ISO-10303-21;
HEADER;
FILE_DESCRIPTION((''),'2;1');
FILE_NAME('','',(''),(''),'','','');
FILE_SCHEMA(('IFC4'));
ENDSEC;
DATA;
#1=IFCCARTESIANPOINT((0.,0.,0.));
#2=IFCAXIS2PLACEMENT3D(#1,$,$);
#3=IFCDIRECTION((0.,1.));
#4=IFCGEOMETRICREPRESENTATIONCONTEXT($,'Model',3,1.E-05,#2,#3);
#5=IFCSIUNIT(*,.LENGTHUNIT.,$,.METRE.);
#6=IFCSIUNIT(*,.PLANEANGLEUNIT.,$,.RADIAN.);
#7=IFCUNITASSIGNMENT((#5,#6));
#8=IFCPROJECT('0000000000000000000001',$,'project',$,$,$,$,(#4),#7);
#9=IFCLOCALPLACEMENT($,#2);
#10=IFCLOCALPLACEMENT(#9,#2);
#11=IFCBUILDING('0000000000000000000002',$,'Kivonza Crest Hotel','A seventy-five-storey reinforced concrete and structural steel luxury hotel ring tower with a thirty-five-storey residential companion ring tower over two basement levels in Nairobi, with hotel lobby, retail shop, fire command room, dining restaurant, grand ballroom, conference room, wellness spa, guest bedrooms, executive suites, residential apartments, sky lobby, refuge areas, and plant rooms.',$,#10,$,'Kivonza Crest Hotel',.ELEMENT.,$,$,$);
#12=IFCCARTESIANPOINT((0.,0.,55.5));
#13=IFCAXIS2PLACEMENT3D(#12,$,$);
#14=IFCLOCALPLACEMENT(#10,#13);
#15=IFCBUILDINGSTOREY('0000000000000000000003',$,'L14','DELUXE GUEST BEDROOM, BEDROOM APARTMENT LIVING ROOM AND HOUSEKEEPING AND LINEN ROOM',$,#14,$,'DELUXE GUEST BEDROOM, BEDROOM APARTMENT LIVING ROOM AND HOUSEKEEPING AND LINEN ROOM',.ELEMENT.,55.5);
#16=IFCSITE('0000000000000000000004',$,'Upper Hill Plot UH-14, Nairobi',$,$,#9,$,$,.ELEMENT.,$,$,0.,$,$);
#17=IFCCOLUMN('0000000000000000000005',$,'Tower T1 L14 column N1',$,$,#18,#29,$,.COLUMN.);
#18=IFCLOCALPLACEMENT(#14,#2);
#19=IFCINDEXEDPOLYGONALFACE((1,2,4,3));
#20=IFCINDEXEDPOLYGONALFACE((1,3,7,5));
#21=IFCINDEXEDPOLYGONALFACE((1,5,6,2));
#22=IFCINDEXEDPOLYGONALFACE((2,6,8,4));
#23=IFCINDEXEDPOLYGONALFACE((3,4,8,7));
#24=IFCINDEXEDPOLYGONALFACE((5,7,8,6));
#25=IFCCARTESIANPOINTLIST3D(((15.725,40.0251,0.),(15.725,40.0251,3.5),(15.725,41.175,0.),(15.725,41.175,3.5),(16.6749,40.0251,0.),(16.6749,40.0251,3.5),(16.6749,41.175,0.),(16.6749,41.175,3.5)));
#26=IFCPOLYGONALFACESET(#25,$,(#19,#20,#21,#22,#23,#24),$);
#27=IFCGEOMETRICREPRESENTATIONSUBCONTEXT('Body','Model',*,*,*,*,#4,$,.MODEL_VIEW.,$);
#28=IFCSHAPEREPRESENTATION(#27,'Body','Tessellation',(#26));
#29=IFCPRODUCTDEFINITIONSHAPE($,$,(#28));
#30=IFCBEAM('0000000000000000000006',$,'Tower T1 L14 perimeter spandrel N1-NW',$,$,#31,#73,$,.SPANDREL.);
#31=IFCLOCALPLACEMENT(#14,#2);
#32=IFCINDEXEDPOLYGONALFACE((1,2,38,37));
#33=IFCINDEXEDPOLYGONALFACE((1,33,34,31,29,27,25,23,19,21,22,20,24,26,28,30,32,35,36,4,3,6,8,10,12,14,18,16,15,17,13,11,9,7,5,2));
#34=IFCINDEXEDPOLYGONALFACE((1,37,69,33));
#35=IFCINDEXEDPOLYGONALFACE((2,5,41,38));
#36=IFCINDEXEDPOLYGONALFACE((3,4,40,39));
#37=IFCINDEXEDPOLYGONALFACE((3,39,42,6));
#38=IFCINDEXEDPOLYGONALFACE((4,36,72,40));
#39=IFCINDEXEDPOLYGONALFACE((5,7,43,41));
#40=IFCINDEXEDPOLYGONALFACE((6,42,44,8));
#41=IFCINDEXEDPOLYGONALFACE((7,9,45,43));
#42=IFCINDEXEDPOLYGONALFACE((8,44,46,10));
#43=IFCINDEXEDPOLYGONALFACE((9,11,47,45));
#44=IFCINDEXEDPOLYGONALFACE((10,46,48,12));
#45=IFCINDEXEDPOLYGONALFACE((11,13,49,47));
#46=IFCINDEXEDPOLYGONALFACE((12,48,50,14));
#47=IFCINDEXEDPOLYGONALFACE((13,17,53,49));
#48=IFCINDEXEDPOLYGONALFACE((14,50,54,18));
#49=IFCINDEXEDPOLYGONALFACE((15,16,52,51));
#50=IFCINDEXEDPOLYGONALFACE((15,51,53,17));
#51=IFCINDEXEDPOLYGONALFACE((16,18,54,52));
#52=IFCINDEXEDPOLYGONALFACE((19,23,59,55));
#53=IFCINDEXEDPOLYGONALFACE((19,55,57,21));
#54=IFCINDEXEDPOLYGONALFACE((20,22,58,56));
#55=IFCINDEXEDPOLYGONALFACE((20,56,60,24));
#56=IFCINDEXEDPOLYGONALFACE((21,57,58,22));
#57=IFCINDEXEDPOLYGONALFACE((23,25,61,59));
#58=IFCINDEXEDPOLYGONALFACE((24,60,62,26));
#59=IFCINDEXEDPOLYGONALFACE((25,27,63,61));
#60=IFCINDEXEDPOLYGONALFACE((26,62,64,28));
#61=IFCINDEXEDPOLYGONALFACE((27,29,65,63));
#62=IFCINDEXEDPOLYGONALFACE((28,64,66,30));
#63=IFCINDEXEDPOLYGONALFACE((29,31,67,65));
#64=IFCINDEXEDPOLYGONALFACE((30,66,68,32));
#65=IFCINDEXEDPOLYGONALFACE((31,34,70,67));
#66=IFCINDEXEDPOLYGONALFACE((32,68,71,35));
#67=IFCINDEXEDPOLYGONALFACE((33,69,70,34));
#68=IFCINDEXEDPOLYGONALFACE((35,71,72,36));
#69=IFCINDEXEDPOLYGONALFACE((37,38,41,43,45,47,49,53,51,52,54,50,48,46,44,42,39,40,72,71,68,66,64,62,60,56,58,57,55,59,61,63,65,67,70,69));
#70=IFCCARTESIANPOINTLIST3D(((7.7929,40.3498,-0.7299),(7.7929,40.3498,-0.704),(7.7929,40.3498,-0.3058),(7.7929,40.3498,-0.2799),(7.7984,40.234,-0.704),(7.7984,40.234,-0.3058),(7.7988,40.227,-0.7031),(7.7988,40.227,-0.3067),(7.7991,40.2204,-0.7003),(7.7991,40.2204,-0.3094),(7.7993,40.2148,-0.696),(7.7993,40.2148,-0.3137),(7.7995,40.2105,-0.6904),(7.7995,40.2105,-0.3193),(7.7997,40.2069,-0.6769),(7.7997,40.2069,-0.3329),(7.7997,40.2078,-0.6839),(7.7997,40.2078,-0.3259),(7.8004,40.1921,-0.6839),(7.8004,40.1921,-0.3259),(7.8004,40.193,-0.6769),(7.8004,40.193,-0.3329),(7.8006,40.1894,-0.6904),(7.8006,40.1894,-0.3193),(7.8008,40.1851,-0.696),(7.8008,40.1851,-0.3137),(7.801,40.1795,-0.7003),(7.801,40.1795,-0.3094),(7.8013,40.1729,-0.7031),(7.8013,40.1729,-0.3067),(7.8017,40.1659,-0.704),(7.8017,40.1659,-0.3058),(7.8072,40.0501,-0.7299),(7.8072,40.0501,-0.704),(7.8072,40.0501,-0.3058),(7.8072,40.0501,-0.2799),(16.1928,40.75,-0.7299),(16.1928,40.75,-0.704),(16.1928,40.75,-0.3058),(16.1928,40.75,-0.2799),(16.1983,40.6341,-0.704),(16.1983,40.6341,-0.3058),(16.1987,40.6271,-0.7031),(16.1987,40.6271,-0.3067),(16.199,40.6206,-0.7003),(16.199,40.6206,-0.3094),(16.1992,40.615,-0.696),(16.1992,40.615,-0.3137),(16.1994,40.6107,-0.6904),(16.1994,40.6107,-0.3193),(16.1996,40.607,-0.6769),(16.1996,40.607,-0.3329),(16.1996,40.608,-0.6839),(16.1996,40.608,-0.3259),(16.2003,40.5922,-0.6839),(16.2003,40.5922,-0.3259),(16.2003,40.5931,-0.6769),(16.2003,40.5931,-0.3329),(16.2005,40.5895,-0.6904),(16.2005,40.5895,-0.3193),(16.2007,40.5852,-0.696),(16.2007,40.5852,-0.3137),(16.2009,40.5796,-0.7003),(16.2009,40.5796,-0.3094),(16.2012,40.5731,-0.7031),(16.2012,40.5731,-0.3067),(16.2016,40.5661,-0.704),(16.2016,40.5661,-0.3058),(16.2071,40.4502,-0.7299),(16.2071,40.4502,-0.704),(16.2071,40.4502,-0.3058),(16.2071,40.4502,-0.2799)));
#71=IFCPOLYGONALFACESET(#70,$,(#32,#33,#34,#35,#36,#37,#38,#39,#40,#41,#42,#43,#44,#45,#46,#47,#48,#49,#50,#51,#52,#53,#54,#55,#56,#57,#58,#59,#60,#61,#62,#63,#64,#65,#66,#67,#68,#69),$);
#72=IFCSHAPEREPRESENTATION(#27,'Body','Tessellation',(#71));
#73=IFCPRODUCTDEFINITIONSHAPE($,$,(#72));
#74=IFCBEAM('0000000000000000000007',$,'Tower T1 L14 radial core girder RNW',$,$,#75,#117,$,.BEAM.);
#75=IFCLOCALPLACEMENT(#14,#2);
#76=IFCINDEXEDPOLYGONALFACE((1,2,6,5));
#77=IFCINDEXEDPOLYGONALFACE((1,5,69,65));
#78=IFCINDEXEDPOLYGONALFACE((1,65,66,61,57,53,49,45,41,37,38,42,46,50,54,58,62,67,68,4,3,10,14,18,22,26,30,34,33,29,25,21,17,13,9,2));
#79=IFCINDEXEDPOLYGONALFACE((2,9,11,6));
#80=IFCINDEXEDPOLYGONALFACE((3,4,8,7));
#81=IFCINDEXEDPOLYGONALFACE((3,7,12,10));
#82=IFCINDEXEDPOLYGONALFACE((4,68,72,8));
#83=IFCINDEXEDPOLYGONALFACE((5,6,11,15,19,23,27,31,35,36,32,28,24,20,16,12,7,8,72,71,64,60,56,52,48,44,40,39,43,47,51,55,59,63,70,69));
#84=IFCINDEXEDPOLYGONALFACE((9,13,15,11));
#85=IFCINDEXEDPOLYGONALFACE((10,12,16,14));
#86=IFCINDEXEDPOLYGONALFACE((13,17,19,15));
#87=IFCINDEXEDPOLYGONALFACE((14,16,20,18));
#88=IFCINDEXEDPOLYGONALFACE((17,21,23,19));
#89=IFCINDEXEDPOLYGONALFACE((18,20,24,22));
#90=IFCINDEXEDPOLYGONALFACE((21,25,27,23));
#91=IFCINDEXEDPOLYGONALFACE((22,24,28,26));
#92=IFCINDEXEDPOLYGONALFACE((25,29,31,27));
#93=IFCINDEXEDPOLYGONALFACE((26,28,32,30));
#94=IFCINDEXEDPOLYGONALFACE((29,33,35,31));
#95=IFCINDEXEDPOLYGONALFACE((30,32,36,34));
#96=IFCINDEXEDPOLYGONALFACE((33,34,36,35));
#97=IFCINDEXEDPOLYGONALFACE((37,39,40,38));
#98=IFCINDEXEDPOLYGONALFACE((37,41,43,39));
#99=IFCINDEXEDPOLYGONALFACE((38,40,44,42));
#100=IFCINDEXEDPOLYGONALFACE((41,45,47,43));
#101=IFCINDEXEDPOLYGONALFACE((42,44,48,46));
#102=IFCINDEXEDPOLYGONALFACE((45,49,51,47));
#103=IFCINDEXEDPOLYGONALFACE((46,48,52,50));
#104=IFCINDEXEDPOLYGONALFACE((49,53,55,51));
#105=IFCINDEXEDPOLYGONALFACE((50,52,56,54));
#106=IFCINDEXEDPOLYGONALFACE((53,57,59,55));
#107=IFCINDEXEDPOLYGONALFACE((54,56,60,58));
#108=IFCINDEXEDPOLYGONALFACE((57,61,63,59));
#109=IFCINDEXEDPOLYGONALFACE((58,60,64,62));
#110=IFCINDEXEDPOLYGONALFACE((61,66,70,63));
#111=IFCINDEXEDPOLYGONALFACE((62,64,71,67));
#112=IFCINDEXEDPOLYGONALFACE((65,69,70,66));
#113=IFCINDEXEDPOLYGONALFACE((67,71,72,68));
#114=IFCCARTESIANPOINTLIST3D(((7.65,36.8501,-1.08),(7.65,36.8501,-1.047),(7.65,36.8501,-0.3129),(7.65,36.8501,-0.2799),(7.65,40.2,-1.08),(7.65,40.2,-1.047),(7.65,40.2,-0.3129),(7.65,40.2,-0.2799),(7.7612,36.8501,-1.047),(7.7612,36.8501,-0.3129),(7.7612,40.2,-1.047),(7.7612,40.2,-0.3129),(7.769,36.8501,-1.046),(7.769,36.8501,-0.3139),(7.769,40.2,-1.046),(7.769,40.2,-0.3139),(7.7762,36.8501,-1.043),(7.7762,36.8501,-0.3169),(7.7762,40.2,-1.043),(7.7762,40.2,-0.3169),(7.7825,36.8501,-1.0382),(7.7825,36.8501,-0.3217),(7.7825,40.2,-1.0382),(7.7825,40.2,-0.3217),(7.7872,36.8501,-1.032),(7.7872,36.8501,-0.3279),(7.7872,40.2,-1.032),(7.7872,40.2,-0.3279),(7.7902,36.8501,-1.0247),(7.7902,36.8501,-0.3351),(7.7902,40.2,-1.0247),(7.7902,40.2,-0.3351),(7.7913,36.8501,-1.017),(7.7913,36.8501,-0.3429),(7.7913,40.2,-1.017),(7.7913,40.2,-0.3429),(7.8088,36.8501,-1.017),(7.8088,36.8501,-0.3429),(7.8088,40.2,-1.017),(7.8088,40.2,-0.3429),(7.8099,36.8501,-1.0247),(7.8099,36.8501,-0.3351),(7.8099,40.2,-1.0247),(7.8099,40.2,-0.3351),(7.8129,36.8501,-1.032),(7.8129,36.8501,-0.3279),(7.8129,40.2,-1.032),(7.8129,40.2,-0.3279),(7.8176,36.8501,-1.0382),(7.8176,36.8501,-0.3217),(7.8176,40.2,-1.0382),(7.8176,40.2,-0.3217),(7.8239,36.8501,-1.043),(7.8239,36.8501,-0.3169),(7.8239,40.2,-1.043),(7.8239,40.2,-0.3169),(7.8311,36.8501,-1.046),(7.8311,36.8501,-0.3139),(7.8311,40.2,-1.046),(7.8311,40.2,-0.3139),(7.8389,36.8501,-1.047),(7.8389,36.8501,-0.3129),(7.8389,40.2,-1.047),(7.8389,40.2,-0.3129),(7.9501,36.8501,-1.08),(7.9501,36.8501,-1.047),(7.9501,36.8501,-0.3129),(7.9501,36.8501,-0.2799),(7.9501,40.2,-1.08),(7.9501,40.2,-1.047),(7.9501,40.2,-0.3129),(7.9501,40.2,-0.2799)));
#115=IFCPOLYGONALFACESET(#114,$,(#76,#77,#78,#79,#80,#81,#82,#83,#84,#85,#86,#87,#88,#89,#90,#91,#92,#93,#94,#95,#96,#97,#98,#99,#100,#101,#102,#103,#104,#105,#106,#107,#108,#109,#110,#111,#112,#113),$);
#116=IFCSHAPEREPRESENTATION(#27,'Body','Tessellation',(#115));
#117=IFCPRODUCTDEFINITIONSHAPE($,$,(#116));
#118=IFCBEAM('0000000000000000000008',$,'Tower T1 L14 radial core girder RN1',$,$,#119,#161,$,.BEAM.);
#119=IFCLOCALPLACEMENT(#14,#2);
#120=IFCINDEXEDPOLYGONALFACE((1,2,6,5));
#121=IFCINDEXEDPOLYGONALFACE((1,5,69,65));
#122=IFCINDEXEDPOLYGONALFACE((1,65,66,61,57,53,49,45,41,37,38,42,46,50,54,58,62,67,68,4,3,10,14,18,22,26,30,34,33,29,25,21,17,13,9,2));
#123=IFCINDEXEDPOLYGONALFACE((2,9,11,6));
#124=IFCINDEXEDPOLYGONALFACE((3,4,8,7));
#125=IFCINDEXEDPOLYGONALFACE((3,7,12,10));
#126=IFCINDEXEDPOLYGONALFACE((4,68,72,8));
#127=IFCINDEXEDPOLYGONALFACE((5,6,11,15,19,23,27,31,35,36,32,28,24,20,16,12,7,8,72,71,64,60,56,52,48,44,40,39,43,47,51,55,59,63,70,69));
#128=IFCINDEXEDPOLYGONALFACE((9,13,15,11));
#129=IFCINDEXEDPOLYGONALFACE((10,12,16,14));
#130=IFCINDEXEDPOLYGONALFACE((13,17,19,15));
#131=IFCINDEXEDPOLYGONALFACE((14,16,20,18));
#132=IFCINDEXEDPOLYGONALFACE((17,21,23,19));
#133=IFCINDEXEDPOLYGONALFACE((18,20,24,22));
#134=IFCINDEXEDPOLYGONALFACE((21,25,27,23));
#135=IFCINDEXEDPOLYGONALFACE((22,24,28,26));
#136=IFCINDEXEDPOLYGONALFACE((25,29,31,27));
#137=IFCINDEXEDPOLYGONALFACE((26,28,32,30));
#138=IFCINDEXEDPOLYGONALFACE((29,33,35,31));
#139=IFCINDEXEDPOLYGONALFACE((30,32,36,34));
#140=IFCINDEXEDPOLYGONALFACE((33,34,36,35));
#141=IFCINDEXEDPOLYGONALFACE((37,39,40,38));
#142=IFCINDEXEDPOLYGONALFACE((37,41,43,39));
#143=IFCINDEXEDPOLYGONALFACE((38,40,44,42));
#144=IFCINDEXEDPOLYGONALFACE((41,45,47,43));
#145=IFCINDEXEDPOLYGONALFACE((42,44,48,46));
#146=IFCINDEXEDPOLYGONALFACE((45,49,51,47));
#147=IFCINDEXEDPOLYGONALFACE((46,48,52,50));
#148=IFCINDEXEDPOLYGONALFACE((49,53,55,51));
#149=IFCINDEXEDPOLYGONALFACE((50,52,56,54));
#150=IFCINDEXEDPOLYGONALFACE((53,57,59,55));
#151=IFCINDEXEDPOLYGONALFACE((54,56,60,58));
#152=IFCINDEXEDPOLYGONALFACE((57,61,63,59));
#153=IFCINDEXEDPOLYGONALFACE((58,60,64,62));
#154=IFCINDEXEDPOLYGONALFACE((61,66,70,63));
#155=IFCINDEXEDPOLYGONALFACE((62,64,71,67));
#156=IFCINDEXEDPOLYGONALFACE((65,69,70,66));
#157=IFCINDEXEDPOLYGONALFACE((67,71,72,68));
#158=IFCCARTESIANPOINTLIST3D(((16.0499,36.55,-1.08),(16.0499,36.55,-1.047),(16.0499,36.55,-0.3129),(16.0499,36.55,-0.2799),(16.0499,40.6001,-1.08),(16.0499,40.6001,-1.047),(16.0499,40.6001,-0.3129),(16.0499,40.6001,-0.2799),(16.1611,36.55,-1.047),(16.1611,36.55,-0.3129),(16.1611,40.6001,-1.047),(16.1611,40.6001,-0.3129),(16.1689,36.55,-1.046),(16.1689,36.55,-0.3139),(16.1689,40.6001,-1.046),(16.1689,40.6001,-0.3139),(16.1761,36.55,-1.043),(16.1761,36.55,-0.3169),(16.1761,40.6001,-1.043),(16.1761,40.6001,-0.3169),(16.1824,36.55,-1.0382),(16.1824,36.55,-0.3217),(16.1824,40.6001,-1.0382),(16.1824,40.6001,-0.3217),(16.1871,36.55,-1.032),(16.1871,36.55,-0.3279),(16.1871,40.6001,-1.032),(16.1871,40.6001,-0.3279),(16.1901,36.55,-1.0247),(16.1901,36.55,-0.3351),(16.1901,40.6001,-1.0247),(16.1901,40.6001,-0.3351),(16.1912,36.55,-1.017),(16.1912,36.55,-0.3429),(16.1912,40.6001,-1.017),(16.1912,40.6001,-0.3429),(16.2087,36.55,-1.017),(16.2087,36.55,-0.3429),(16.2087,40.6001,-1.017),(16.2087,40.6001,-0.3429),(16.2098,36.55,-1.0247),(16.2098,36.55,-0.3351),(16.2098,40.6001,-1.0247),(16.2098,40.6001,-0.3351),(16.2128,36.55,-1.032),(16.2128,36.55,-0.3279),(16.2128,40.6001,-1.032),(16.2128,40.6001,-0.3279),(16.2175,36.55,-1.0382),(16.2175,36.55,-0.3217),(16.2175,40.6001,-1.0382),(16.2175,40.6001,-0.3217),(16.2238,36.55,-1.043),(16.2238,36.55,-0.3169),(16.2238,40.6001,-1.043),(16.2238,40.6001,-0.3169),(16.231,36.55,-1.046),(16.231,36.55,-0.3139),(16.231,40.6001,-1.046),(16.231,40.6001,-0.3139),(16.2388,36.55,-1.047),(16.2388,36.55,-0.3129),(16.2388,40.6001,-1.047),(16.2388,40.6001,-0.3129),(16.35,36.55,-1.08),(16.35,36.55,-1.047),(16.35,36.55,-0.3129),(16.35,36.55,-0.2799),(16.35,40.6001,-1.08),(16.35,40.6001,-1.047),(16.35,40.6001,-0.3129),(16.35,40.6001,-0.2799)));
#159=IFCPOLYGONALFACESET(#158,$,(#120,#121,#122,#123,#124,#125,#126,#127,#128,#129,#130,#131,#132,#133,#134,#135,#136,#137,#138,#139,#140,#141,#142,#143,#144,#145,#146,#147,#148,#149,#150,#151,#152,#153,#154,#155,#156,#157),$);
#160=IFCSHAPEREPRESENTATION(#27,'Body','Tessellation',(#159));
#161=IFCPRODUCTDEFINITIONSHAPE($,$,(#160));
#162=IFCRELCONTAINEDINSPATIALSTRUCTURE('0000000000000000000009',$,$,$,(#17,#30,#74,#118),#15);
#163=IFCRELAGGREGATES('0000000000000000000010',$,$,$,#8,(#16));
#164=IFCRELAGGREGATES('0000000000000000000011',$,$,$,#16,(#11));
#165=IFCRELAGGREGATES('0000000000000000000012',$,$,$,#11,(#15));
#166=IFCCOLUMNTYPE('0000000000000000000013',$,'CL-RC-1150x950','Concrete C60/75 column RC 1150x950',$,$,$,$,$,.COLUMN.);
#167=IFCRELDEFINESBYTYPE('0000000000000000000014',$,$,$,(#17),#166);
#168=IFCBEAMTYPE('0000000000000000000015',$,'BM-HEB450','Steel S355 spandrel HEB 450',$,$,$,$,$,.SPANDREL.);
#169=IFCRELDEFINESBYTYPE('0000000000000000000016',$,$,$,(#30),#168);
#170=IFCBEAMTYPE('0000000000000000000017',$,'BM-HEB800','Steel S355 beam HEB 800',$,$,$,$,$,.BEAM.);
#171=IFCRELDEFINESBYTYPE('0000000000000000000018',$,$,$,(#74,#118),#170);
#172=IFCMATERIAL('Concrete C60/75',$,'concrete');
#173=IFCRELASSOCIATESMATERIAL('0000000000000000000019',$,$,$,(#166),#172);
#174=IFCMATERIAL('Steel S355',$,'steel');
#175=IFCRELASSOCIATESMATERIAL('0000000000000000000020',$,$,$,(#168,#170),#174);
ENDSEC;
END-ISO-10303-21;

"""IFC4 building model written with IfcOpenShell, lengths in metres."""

from ifc_helpers import new_model, si_unit, direction, frame, origin, origin_2d, place, context, subcontext, project, spatial, rectangle, i_section, extrude, material, material_profile, profile_set, type_object, element, save


model = new_model("IFC4")

# Units and contexts
model_context = context("Model", 3, precision=1e-05, world=origin(), true_north=direction((0.0, 1.0)))
body_context = subcontext(model_context, "Body", "Model", "MODEL_VIEW")
ifc_project = project(units=[si_unit("LENGTHUNIT", "METRE"), si_unit("PLANEANGLEUNIT", "RADIAN")], contexts=[model_context])

# Site, building, storey
site_placement = place(None, origin())
site = spatial("IfcSite", under=ifc_project, at=site_placement, Name="Upper Hill Plot UH-14, Nairobi", CompositionType="ELEMENT", RefElevation=0.0)
building_placement = place(site_placement, origin())
building = spatial("IfcBuilding", under=site, at=building_placement, Name="Kivonza Crest Hotel", Description="A seventy-five-storey reinforced concrete and structural steel luxury hotel ring tower with a thirty-five-storey residential companion ring tower over two basement levels in Nairobi, with hotel lobby, retail shop, fire command room, dining restaurant, grand ballroom, conference room, wellness spa, guest bedrooms, executive suites, residential apartments, sky lobby, refuge areas, and plant rooms.", LongName="Kivonza Crest Hotel", CompositionType="ELEMENT")
storey_placement = place(building_placement, frame((0.0, 0.0, 55.5)))
storey = spatial("IfcBuildingStorey", under=building, at=storey_placement, Name="L14", Description="DELUXE GUEST BEDROOM, BEDROOM APARTMENT LIVING ROOM AND HOUSEKEEPING AND LINEN ROOM", LongName="DELUXE GUEST BEDROOM, BEDROOM APARTMENT LIVING ROOM AND HOUSEKEEPING AND LINEN ROOM", CompositionType="ELEMENT", Elevation=55.5)

# Column
ifc_material_1 = material(Name="Concrete C60/75", Category="concrete")
ifc_material_profile_1 = material_profile(ifc_material_1, rectangle(XDim=0.95, YDim=1.1499, at=origin_2d()), Name="RC 1150x950")
ifc_profile_set_1 = profile_set([ifc_material_profile_1], Name="Concrete C60/75")
column_type = type_object("IfcColumnType", Name="CL-RC-1150x950", Description="Concrete C60/75 column RC 1150x950", PredefinedType="COLUMN", material=ifc_profile_set_1)
column_placement = place(storey_placement, frame((16.2, 40.6001, 0.0), z_axis=(0.0, 0.0, 1.0), x_axis=(1.0, 0.0, 0.0)))
element("IfcColumn", 1, at=column_placement, inside=storey, type_object=column_type, Name="Tower T1 L14 column N1", PredefinedType="COLUMN", context=body_context, shape_type="SweptSolid", body=[
    extrude(rectangle(XDim=0.95, YDim=1.1499, at=origin_2d()), origin(), (0.0, 0.0, 1.0), 3.5),
])

# Beams
ifc_material_2 = material(Name="Steel S355", Category="steel")
ifc_material_profile_2 = material_profile(ifc_material_2, i_section(OverallWidth=0.3, OverallDepth=0.45, WebThickness=0.0139, FlangeThickness=0.0259, FilletRadius=0.0271, at=origin_2d()), Name="HEB 450")
ifc_profile_set_2 = profile_set([ifc_material_profile_2], Name="Steel S355")
beam_type_1 = type_object("IfcBeamType", Name="BM-HEB450", Description="Steel S355 spandrel HEB 450", PredefinedType="SPANDREL", material=ifc_profile_set_2)
beam_1_placement = place(storey_placement, frame((16.2, 40.6001, -0.5049), z_axis=(-0.998867, -0.047583, 0.0), x_axis=(0.047583, -0.998867, 0.0)))
element("IfcBeam", 2, at=beam_1_placement, inside=storey, type_object=beam_type_1, Name="Tower T1 L14 perimeter spandrel N1-NW", PredefinedType="SPANDREL", context=body_context, shape_type="SweptSolid", body=[
    extrude(i_section(OverallWidth=0.3, OverallDepth=0.45, WebThickness=0.0139, FlangeThickness=0.0259, FilletRadius=0.0271, at=origin_2d()), origin(), (0.0, 0.0, 1.0), 8.4094),
])
ifc_material_profile_3 = material_profile(ifc_material_2, i_section(OverallWidth=0.3, OverallDepth=0.8, WebThickness=0.0176, FlangeThickness=0.033, FilletRadius=0.03, at=origin_2d()), Name="HEB 800")
ifc_profile_set_3 = profile_set([ifc_material_profile_3], Name="Steel S355")
beam_type_2 = type_object("IfcBeamType", Name="BM-HEB800", Description="Steel S355 beam HEB 800", PredefinedType="BEAM", material=ifc_profile_set_3)
beam_2_placement = place(storey_placement, frame((7.8, 40.2, -0.6799), z_axis=(0.0, -1.0, 0.0), x_axis=(1.0, 0.0, 0.0)))
element("IfcBeam", 3, at=beam_2_placement, inside=storey, type_object=beam_type_2, Name="Tower T1 L14 radial core girder RNW", PredefinedType="BEAM", context=body_context, shape_type="SweptSolid", body=[
    extrude(i_section(OverallWidth=0.3, OverallDepth=0.8, WebThickness=0.0176, FlangeThickness=0.033, FilletRadius=0.03, at=origin_2d()), origin(), (0.0, 0.0, 1.0), 3.3499),
])
beam_3_placement = place(storey_placement, frame((16.2, 40.6001, -0.6799), z_axis=(0.0, -1.0, 0.0), x_axis=(1.0, 0.0, 0.0)))
element("IfcBeam", 4, at=beam_3_placement, inside=storey, type_object=beam_type_2, Name="Tower T1 L14 radial core girder RN1", PredefinedType="BEAM", context=body_context, shape_type="SweptSolid", body=[
    extrude(i_section(OverallWidth=0.3, OverallDepth=0.8, WebThickness=0.0176, FlangeThickness=0.033, FilletRadius=0.03, at=origin_2d()), origin(), (0.0, 0.0, 1.0), 4.05),
])

save(model, "model.ifc")
